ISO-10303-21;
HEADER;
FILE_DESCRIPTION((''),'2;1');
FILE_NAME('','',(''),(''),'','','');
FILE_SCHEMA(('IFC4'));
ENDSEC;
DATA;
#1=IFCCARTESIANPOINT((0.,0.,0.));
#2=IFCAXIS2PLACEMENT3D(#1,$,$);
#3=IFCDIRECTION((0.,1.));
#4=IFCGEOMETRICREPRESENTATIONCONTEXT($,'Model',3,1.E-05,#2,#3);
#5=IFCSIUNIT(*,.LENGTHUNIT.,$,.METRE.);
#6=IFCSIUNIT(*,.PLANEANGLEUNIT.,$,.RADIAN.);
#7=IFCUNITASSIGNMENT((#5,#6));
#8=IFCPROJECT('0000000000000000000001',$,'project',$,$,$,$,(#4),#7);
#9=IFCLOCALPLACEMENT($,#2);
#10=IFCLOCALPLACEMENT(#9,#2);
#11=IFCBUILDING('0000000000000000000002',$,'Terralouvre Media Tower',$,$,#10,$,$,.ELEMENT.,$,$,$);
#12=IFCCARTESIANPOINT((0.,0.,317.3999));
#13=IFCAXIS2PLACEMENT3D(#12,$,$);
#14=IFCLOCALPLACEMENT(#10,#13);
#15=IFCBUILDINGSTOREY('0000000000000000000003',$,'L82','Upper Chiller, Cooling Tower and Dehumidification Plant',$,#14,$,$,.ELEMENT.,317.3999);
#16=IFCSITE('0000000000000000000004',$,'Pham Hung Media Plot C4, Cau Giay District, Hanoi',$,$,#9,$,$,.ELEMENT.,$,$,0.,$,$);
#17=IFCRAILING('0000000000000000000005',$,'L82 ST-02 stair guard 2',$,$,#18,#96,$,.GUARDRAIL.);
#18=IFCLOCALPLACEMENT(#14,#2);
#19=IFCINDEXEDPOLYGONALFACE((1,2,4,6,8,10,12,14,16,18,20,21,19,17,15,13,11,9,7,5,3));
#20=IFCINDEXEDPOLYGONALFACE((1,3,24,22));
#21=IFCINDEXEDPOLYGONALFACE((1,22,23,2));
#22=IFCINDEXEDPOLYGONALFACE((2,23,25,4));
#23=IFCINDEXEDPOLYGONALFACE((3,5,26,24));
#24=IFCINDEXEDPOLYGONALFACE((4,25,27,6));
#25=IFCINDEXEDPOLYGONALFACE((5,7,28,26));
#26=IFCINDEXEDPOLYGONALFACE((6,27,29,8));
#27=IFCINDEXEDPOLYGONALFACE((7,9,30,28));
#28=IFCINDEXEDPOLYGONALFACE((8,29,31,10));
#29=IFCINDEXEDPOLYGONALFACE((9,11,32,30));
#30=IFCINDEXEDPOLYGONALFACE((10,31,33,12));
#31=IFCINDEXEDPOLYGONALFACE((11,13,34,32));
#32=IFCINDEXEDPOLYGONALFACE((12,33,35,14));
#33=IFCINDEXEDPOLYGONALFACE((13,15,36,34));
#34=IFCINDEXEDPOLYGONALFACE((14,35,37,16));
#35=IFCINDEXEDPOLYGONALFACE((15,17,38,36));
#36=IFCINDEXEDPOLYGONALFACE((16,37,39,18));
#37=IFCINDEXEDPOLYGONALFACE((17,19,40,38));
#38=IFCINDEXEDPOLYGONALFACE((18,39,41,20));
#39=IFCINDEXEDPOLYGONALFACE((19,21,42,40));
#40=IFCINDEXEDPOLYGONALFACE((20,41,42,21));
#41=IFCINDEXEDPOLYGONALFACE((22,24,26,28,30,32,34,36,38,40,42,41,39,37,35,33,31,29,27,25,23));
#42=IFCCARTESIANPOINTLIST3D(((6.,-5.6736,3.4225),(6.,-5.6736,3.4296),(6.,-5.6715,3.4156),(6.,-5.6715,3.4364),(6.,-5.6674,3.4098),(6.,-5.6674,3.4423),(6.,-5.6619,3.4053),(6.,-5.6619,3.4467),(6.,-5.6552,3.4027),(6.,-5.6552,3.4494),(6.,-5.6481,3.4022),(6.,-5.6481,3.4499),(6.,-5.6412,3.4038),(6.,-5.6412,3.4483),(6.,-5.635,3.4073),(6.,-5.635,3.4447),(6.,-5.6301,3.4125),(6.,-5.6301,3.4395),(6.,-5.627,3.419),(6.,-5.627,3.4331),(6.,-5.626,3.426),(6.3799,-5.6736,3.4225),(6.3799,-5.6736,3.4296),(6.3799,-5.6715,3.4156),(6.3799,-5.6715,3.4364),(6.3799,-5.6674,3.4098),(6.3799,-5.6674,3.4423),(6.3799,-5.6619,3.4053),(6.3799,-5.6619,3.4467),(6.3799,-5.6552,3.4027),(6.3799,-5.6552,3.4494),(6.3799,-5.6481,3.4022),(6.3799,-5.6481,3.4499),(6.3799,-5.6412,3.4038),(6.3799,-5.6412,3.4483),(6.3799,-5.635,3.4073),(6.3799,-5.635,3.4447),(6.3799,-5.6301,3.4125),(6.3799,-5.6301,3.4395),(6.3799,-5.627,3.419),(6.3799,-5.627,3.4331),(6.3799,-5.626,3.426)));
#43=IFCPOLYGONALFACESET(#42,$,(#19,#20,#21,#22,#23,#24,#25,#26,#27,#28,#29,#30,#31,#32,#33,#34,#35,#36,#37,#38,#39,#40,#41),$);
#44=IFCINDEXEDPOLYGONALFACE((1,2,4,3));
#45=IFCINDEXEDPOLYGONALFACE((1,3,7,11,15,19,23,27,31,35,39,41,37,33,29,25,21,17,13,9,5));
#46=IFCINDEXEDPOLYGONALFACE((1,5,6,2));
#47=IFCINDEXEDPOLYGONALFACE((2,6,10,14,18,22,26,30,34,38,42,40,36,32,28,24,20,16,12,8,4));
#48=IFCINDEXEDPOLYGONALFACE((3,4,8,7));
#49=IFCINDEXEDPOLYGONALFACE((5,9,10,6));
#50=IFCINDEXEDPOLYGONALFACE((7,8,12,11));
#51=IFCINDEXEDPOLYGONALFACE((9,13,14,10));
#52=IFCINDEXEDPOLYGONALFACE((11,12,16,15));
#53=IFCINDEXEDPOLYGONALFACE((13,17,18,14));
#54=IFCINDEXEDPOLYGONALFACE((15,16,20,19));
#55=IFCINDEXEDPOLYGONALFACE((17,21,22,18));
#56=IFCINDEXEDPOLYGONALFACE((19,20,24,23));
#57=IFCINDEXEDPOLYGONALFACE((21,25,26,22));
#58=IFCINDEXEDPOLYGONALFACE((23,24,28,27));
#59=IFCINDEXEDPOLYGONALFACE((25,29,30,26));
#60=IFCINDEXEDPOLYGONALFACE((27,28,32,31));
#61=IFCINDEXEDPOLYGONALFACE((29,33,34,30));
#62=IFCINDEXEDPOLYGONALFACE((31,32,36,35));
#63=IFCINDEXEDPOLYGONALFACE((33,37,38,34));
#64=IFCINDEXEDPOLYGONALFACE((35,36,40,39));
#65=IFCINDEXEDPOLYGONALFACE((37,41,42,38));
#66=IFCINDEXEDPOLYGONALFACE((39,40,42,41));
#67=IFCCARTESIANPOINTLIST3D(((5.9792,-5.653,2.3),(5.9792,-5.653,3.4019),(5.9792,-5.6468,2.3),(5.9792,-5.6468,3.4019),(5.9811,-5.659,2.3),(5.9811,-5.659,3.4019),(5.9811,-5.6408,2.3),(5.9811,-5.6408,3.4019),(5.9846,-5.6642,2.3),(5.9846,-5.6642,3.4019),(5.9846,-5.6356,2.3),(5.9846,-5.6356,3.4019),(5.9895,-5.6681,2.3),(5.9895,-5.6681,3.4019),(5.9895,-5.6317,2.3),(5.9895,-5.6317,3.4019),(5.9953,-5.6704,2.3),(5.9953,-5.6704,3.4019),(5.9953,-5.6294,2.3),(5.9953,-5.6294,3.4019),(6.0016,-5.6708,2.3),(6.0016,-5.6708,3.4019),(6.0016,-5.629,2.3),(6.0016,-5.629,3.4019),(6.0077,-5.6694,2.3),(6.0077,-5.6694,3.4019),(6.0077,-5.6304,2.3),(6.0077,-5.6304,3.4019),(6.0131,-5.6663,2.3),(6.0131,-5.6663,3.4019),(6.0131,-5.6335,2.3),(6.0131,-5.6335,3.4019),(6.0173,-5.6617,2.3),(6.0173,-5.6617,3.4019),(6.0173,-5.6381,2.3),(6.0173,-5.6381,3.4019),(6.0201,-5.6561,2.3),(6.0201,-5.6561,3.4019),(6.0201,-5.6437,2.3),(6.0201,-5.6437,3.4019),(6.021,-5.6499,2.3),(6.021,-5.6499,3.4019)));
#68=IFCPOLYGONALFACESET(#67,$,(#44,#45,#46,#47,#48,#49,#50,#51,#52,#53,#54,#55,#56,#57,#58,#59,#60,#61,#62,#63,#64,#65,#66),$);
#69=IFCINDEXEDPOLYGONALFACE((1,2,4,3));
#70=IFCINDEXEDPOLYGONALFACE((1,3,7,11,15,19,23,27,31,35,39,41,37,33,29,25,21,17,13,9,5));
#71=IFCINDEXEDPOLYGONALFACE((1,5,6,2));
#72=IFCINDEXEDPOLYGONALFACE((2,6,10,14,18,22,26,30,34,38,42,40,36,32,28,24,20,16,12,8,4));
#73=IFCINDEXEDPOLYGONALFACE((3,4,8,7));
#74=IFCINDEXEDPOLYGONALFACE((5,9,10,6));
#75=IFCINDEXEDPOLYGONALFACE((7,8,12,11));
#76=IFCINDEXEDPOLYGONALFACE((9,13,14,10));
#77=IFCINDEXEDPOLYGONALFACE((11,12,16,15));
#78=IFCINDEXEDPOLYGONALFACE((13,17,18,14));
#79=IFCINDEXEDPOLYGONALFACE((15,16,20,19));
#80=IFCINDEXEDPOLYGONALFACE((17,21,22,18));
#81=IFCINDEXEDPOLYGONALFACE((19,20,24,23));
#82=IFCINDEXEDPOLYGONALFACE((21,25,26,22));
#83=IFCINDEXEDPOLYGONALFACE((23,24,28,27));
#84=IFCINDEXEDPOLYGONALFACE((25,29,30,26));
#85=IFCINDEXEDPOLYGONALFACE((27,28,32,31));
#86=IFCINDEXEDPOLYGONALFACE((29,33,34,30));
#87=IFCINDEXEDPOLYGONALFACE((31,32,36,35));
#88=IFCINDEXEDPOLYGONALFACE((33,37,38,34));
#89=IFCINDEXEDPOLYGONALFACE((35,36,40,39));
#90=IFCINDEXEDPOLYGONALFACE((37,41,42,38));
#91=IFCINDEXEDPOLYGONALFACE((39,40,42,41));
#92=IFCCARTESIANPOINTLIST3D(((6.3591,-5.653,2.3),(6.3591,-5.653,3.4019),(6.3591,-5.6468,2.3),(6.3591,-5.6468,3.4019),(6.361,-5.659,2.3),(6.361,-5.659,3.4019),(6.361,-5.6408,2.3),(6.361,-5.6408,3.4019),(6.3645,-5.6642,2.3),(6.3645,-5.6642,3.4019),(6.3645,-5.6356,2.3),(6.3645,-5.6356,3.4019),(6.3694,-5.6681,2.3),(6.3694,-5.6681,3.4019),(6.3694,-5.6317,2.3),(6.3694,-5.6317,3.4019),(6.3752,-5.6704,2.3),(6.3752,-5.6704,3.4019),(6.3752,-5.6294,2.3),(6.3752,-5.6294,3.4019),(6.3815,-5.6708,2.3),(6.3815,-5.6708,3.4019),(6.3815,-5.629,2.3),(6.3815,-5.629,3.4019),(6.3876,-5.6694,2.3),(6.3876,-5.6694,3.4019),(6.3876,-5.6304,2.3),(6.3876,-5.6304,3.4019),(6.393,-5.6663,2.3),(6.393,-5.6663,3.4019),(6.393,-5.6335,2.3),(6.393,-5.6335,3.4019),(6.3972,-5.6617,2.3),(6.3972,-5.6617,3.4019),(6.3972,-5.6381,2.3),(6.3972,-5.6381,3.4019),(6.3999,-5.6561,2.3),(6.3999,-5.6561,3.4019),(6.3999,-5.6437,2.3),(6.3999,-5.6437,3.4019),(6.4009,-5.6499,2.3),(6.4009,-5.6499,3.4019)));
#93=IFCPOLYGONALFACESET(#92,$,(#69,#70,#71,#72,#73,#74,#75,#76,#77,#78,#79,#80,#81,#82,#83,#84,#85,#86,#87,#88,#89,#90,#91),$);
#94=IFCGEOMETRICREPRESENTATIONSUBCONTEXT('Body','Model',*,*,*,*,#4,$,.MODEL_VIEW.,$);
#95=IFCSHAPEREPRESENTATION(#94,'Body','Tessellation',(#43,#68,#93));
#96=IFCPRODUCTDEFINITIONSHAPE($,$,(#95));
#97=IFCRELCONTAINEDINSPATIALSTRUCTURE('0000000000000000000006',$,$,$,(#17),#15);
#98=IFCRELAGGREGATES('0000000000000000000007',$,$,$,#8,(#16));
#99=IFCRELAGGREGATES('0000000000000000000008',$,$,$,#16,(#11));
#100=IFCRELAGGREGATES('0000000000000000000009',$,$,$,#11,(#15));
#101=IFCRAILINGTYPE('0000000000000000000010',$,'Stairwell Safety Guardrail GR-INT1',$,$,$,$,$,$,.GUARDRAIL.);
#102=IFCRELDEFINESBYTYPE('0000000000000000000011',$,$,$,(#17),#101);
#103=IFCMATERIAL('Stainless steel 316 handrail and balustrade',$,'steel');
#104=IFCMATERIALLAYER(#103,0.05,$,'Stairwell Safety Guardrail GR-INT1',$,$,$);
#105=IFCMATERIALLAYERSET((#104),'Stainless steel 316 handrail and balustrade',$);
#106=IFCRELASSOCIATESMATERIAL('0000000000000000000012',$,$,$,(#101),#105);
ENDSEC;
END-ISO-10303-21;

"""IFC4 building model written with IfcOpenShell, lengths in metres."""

from ifc_helpers import new_model, si_unit, direction, frame, origin, origin_2d, place, context, subcontext, project, spatial, circle, extrude, material, layer, layer_set, type_object, element, save


model = new_model("IFC4")

# Units and contexts
model_context = context("Model", 3, precision=1e-05, world=origin(), true_north=direction((0.0, 1.0)))
body_context = subcontext(model_context, "Body", "Model", "MODEL_VIEW")
ifc_project = project(units=[si_unit("LENGTHUNIT", "METRE"), si_unit("PLANEANGLEUNIT", "RADIAN")], contexts=[model_context])

# Site, building, storey
site_placement = place(None, origin())
site = spatial("IfcSite", under=ifc_project, at=site_placement, Name="Pham Hung Media Plot C4, Cau Giay District, Hanoi", CompositionType="ELEMENT", RefElevation=0.0)
building_placement = place(site_placement, origin())
building = spatial("IfcBuilding", under=site, at=building_placement, Name="Terralouvre Media Tower", CompositionType="ELEMENT")
storey_placement = place(building_placement, frame((0.0, 0.0, 317.3999)))
storey = spatial("IfcBuildingStorey", under=building, at=storey_placement, Name="L82", Description="Upper Chiller, Cooling Tower and Dehumidification Plant", CompositionType="ELEMENT", Elevation=317.3999)

# Railing
ifc_material_1 = material(Name="Stainless steel 316 handrail and balustrade", Category="steel")
ifc_layer_1 = layer(ifc_material_1, 0.05, Name="Stairwell Safety Guardrail GR-INT1")
ifc_layer_set_1 = layer_set([ifc_layer_1], Name="Stainless steel 316 handrail and balustrade")
railing_type_1 = type_object("IfcRailingType", Name="Stairwell Safety Guardrail GR-INT1", PredefinedType="GUARDRAIL", material=ifc_layer_set_1)
railing_1_placement = place(storey_placement, frame((6.0, -5.6499, 2.3)))
element("IfcRailing", 1, at=railing_1_placement, inside=storey, type_object=railing_type_1, Name="L82 ST-02 stair guard 2", PredefinedType="GUARDRAIL", context=body_context, shape_type="SweptSolid", body=[
    extrude(circle(Radius=0.0239, at=origin_2d()), frame((0.0, 0.0, 1.126), z_axis=(1.0, 0.0, 0.0), x_axis=(0.0, 1.0, 0.0)), (0.0, 0.0, 1.0), 0.3799),
    extrude(circle(Radius=0.021, at=origin_2d()), origin(), (0.0, 0.0, 1.0), 1.1018),
    extrude(circle(Radius=0.021, at=origin_2d()), frame((0.3799, 0.0, 0.0)), (0.0, 0.0, 1.0), 1.1018),
])

save(model, "model.ifc")
